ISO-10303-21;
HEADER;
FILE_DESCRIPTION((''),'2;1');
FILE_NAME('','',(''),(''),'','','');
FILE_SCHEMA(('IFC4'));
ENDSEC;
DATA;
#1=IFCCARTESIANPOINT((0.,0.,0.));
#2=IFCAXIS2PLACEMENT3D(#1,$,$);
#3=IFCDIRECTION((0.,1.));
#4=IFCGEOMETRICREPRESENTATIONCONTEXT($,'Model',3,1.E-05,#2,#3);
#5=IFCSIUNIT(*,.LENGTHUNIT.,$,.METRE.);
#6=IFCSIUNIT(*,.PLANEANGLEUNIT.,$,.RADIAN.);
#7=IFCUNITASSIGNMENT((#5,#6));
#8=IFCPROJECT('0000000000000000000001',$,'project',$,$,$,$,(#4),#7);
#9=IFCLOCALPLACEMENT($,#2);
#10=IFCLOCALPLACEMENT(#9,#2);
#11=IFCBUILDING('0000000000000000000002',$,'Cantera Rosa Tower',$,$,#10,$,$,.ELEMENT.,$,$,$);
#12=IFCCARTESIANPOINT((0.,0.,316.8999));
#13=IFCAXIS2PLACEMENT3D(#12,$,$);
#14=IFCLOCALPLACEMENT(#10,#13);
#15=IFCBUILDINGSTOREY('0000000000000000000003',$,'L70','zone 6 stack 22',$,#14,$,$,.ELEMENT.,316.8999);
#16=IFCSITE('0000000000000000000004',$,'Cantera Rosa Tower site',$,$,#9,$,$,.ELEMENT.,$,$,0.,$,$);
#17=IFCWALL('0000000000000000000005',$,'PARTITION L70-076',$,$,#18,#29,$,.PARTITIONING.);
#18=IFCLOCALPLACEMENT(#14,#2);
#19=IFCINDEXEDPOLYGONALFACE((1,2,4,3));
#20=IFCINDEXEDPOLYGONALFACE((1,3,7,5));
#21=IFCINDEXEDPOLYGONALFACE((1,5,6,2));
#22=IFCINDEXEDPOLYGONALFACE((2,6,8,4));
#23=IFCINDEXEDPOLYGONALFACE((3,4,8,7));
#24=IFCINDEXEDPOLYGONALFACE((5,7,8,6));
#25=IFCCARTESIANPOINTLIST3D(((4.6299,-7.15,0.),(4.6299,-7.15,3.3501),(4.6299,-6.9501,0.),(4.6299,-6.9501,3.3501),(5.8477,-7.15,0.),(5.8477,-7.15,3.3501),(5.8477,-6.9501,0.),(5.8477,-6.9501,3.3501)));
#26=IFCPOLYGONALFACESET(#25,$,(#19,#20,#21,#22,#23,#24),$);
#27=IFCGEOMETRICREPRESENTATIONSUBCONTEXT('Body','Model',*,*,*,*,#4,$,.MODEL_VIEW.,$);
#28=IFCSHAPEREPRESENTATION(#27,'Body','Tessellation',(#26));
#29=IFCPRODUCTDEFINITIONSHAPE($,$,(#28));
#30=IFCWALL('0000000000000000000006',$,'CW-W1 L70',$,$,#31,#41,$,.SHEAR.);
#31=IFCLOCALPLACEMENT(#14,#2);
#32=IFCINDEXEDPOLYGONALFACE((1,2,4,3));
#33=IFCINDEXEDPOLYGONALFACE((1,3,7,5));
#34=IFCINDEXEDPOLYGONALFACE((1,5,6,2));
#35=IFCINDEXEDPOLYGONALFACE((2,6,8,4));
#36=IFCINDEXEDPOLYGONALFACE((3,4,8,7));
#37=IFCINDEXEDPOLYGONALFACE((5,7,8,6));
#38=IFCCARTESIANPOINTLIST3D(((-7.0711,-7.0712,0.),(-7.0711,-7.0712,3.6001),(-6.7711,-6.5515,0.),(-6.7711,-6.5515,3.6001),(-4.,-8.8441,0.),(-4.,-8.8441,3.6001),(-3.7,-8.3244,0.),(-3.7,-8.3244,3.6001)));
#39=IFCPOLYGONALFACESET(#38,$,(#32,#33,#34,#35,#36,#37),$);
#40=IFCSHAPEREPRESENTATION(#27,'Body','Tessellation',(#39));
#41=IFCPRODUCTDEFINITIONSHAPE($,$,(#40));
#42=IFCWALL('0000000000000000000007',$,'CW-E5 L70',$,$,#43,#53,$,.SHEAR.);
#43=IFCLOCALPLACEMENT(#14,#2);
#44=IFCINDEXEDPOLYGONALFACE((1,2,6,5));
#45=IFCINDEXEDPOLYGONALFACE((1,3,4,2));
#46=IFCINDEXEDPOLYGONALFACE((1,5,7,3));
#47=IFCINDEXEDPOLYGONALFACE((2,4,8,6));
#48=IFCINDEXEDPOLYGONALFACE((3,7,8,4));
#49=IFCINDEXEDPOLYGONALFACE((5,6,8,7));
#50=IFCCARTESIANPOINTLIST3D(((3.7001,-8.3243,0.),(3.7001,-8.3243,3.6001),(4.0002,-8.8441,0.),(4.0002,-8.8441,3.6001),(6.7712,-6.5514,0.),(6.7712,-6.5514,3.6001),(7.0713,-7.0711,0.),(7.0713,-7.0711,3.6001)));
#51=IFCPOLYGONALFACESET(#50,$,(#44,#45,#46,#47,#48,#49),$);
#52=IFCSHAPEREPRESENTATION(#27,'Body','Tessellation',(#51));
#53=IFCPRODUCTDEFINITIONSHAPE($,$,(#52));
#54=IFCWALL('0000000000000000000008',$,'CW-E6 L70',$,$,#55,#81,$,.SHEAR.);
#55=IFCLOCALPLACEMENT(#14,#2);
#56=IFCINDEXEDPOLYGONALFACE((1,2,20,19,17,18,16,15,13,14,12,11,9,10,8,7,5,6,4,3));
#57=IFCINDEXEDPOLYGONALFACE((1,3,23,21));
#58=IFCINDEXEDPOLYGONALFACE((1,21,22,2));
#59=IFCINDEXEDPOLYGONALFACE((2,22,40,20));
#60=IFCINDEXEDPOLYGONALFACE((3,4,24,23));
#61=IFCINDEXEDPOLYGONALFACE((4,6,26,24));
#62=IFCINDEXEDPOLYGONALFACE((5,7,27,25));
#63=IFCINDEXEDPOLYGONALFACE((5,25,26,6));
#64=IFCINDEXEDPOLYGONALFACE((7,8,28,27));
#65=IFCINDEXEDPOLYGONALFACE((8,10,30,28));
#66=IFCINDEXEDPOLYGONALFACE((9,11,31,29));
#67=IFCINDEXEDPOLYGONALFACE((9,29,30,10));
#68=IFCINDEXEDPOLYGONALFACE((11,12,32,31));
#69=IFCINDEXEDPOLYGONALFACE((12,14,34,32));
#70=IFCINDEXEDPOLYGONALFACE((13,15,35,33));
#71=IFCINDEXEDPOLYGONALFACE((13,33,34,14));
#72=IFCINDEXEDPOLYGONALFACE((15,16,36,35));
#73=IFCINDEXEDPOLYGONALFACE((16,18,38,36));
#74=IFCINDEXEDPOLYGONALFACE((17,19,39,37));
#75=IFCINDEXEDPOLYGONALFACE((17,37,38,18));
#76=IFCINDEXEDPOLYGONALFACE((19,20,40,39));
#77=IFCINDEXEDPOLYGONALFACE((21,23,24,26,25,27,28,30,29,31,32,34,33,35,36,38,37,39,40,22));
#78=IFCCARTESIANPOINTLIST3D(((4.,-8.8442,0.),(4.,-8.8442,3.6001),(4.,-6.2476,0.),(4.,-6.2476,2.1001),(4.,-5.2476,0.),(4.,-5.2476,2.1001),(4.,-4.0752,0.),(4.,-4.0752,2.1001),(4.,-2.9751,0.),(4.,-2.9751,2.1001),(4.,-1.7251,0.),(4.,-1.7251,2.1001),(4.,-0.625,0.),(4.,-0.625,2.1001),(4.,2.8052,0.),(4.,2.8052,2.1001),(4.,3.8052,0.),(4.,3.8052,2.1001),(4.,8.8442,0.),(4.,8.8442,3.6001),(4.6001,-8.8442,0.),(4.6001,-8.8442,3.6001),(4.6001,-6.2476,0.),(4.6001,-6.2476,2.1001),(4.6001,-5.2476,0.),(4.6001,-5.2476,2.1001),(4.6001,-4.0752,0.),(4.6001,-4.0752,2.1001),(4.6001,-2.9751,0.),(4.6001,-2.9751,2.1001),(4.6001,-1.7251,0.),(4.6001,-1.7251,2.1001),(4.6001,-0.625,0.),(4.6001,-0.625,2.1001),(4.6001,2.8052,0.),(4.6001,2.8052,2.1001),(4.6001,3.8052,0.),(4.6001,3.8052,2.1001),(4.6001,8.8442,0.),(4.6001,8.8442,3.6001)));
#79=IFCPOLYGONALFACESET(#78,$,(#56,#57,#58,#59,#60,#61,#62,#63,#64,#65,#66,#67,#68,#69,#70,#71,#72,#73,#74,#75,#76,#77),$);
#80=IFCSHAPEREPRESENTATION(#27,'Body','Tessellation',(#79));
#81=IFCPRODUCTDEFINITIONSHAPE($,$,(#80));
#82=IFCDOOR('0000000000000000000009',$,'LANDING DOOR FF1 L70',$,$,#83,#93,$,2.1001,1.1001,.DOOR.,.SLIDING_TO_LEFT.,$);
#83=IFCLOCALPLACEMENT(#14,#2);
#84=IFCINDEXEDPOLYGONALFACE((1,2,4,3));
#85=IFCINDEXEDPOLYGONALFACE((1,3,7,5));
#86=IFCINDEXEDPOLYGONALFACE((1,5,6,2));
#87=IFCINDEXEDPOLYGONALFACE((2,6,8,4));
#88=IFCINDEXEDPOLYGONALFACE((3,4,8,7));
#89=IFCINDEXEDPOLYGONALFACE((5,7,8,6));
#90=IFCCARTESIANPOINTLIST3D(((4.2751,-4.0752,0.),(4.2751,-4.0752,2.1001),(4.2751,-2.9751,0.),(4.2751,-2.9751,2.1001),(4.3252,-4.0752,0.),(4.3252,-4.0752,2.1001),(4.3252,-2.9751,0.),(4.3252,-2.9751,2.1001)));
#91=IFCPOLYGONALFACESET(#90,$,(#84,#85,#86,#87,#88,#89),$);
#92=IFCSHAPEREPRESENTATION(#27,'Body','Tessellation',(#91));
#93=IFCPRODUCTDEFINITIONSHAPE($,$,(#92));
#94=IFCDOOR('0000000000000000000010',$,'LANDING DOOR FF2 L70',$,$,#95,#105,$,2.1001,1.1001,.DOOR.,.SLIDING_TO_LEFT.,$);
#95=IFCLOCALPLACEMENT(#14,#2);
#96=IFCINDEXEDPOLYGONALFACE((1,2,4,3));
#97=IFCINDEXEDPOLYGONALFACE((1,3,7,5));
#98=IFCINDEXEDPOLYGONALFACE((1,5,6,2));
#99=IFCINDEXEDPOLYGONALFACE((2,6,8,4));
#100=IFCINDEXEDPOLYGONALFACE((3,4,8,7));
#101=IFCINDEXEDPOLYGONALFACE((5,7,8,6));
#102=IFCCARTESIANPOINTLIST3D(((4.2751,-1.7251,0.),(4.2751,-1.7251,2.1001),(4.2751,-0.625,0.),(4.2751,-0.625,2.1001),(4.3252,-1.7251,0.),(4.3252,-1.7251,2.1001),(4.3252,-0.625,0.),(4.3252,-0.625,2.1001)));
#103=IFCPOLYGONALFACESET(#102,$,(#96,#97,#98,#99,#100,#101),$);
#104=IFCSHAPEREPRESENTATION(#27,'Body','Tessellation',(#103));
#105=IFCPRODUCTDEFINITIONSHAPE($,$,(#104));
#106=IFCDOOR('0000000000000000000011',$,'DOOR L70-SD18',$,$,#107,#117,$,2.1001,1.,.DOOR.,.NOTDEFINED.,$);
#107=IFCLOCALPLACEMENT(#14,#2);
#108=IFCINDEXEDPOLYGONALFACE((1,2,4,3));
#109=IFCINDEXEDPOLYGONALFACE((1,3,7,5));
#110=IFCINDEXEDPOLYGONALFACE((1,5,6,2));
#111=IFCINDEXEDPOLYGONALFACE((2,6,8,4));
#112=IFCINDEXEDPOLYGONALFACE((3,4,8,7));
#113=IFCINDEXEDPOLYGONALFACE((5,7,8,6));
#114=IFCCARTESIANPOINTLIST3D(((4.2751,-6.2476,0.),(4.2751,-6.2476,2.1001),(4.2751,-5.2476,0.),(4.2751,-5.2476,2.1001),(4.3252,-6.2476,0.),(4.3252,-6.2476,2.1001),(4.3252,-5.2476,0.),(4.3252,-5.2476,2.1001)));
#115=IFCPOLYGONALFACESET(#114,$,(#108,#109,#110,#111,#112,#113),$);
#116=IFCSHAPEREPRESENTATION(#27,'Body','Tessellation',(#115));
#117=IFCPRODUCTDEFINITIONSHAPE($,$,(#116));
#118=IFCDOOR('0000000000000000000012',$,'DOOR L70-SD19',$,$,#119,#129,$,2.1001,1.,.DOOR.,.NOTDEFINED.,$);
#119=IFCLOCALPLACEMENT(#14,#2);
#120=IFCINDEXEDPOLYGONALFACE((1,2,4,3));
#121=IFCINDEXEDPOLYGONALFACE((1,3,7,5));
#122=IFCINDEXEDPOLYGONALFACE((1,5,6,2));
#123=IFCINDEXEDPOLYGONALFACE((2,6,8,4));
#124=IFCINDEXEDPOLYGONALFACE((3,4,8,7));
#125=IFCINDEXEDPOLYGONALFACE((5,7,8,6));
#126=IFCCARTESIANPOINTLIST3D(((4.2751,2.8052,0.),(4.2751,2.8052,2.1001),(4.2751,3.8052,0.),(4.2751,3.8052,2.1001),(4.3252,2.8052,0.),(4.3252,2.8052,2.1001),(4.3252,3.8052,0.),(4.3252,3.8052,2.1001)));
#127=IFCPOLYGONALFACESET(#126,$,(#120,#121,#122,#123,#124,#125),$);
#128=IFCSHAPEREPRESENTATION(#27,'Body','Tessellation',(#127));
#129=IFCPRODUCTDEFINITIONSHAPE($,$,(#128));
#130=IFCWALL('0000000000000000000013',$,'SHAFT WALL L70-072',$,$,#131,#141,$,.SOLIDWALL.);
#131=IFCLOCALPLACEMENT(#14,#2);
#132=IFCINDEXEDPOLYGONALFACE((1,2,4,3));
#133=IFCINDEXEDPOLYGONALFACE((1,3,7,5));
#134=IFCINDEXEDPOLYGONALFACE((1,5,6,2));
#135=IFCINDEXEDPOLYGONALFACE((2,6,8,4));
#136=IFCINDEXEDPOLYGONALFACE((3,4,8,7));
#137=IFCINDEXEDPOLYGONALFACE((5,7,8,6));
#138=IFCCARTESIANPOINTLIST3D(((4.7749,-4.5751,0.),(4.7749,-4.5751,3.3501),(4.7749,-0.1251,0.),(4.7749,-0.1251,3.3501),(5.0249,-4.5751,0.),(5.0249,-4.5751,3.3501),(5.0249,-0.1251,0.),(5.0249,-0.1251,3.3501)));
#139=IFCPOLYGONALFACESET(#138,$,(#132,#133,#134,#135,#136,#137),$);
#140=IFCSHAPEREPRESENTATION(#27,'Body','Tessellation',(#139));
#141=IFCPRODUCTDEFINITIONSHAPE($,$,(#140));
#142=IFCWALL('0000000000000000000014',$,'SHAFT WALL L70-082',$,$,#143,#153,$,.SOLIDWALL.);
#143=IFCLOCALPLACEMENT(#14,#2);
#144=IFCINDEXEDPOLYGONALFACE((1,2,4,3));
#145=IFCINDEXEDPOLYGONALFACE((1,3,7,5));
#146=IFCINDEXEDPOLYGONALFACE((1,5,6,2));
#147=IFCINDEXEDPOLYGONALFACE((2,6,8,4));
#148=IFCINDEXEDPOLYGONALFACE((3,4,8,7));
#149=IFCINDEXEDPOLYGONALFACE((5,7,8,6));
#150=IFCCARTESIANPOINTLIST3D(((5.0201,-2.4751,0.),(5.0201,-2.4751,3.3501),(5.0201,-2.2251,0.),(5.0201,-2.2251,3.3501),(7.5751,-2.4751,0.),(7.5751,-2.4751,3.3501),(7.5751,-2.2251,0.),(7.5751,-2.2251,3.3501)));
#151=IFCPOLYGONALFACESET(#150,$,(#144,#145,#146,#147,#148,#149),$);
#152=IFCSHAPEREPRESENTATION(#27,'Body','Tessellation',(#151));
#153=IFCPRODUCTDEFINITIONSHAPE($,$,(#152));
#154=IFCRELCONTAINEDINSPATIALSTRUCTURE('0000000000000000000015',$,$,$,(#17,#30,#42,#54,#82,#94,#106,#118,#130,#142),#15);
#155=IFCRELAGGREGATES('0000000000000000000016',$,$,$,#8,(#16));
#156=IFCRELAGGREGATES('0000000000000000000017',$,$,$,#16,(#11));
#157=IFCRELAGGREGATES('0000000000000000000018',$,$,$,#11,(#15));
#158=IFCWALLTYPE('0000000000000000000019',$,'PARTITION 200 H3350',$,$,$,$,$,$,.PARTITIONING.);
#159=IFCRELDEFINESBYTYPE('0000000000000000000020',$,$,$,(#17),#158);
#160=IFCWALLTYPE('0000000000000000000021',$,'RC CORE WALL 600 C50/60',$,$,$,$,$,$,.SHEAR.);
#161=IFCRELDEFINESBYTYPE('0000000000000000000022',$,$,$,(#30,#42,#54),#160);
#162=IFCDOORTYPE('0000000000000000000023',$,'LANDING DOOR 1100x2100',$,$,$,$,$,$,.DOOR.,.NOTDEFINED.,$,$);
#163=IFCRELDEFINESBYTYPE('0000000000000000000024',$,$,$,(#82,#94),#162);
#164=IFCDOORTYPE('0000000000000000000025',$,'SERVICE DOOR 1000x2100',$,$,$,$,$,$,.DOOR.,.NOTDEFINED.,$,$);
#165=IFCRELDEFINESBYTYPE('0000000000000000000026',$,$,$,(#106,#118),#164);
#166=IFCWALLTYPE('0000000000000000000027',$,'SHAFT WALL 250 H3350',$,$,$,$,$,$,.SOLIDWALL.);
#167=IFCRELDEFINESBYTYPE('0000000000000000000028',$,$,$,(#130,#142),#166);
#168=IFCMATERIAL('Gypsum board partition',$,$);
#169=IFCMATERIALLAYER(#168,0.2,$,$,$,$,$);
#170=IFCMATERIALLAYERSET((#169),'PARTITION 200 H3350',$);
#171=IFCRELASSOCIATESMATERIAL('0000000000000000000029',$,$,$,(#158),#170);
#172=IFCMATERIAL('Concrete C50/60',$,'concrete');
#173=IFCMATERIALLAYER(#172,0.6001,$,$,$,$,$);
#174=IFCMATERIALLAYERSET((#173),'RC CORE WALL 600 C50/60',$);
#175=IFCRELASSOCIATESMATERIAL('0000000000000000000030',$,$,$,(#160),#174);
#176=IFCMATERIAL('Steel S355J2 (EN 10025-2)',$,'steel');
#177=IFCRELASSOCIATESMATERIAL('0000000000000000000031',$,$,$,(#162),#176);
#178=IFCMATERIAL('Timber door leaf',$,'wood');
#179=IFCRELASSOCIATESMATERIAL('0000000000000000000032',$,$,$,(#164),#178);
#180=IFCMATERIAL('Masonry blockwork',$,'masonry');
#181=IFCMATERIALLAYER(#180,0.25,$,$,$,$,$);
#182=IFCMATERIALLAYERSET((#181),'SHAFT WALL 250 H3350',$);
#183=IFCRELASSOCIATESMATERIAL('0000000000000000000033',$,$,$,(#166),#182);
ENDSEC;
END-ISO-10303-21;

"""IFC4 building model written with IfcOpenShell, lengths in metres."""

from ifc_helpers import new_model, si_unit, direction, frame, frame_2d, origin, place, context, subcontext, project, spatial, rectangle, extrude, material, layer, layer_set, type_object, element, fill, save


model = new_model("IFC4")

# Units and contexts
model_context = context("Model", 3, precision=1e-05, world=origin(), true_north=direction((0.0, 1.0)))
body_context = subcontext(model_context, "Body", "Model", "MODEL_VIEW")
ifc_project = project(units=[si_unit("LENGTHUNIT", "METRE"), si_unit("PLANEANGLEUNIT", "RADIAN")], contexts=[model_context])

# Site, building, storey
site_placement = place(None, origin())
site = spatial("IfcSite", under=ifc_project, at=site_placement, Name="Cantera Rosa Tower site", CompositionType="ELEMENT", RefElevation=0.0)
building_placement = place(site_placement, origin())
building = spatial("IfcBuilding", under=site, at=building_placement, Name="Cantera Rosa Tower", CompositionType="ELEMENT")
storey_placement = place(building_placement, frame((0.0, 0.0, 316.8999)))
storey = spatial("IfcBuildingStorey", under=building, at=storey_placement, Name="L70", Description="zone 6 stack 22", CompositionType="ELEMENT", Elevation=316.8999)

# Walls
ifc_material_1 = material(Name="Gypsum board partition")
ifc_layer_1 = layer(ifc_material_1, 0.2)
ifc_layer_set_1 = layer_set([ifc_layer_1], Name="PARTITION 200 H3350")
wall_type_1 = type_object("IfcWallType", Name="PARTITION 200 H3350", PredefinedType="PARTITIONING", material=ifc_layer_set_1)
wall_1_placement = place(storey_placement, frame((5.8477, -7.05, 0.0), z_axis=(0.0, 0.0, 1.0), x_axis=(-1.0, 0.0, 0.0)))
element("IfcWall", 1, at=wall_1_placement, inside=storey, type_object=wall_type_1, Name="PARTITION L70-076", PredefinedType="PARTITIONING", context=body_context, shape_type="SweptSolid", body=[
    extrude(rectangle(XDim=1.2178, YDim=0.2, at=frame_2d((0.6089, 0.0))), origin(), (0.0, 0.0, 1.0), 3.3501),
])
ifc_material_2 = material(Name="Concrete C50/60", Category="concrete")
ifc_layer_2 = layer(ifc_material_2, 0.6001)
ifc_layer_set_2 = layer_set([ifc_layer_2], Name="RC CORE WALL 600 C50/60")
wall_type_2 = type_object("IfcWallType", Name="RC CORE WALL 600 C50/60", PredefinedType="SHEAR", material=ifc_layer_set_2)
for number, where, z_axis, x_axis, name in (
    (2, (-3.8501, -8.5842, 0.0), (0.0, 0.0, 1.0), (-0.86604, 0.499975, 0.0), "CW-W1 L70"),
    (3, (6.9211, -6.8113, 0.0), (0.0, 0.0, 1.0), (-0.86604, -0.499975, 0.0), "CW-E5 L70"),
):
    element("IfcWall", number, at=place(storey_placement, frame(where, z_axis=z_axis, x_axis=x_axis)), inside=storey, type_object=wall_type_2, Name=name, PredefinedType="SHEAR", context=body_context, shape_type="SweptSolid", body=[
        extrude(rectangle(XDim=3.5461, YDim=0.6001, at=frame_2d((1.7729, 0.0))), origin(), (0.0, 0.0, 1.0), 3.6001),
    ])

# Wall, openings, doors
wall_2_placement = place(storey_placement, frame((4.3, -8.8442, 0.0), z_axis=(0.0, 0.0, 1.0), x_axis=(0.0, 1.0, 0.0)))
wall_2 = element("IfcWall", 4, at=wall_2_placement, inside=storey, type_object=wall_type_2, Name="CW-E6 L70", PredefinedType="SHEAR", context=body_context, shape_type="SweptSolid", body=[
    extrude(rectangle(XDim=17.6885, YDim=0.6001, at=frame_2d((8.8442, 0.0))), origin(), (0.0, 0.0, 1.0), 3.6001),
])
opening_1_placement = place(wall_2_placement, frame((4.769, 0.0, 0.0)))
opening_1 = element("IfcOpeningElement", 5, at=opening_1_placement, cuts=wall_2, PredefinedType="OPENING", context=body_context, shape_type="SweptSolid", body=[
    extrude(rectangle(XDim=1.1001, YDim=2.1001, at=frame_2d((0.55, 1.05))), frame((0.0, 0.3101, 0.0), z_axis=(0.0, -1.0, 0.0), x_axis=(1.0, 0.0, 0.0)), (0.0, 0.0, 1.0), 0.6201),
])
opening_2_placement = place(wall_2_placement, frame((7.1191, 0.0, 0.0)))
opening_2 = element("IfcOpeningElement", 6, at=opening_2_placement, cuts=wall_2, PredefinedType="OPENING", context=body_context, shape_type="SweptSolid", body=[
    extrude(rectangle(XDim=1.1001, YDim=2.1001, at=frame_2d((0.55, 1.05))), frame((0.0, 0.3101, 0.0), z_axis=(0.0, -1.0, 0.0), x_axis=(1.0, 0.0, 0.0)), (0.0, 0.0, 1.0), 0.6201),
])
opening_3_placement = place(wall_2_placement, frame((2.5967, 0.0, 0.0)))
opening_3 = element("IfcOpeningElement", 7, at=opening_3_placement, cuts=wall_2, PredefinedType="OPENING", context=body_context, shape_type="SweptSolid", body=[
    extrude(rectangle(XDim=1.0, YDim=2.1001, at=frame_2d((0.5, 1.05))), frame((0.0, 0.3101, 0.0), z_axis=(0.0, -1.0, 0.0), x_axis=(1.0, 0.0, 0.0)), (0.0, 0.0, 1.0), 0.6201),
])
opening_4_placement = place(wall_2_placement, frame((11.6494, 0.0, 0.0)))
opening_4 = element("IfcOpeningElement", 8, at=opening_4_placement, cuts=wall_2, PredefinedType="OPENING", context=body_context, shape_type="SweptSolid", body=[
    extrude(rectangle(XDim=1.0, YDim=2.1001, at=frame_2d((0.5, 1.05))), frame((0.0, 0.3101, 0.0), z_axis=(0.0, -1.0, 0.0), x_axis=(1.0, 0.0, 0.0)), (0.0, 0.0, 1.0), 0.6201),
])
ifc_material_3 = material(Name="Steel S355J2 (EN 10025-2)", Category="steel")
door_type_1 = type_object("IfcDoorType", Name="LANDING DOOR 1100x2100", OperationType="NOTDEFINED", PredefinedType="DOOR", material=ifc_material_3)
door_1_placement = place(opening_1_placement, origin())
door_1 = element("IfcDoor", 9, at=door_1_placement, inside=storey, type_object=door_type_1, Name="LANDING DOOR FF1 L70", OperationType="SLIDING_TO_LEFT", OverallHeight=2.1001, OverallWidth=1.1001, PredefinedType="DOOR", context=body_context, shape_type="SweptSolid", body=[
    extrude(rectangle(XDim=1.1001, YDim=2.1001, at=frame_2d((0.55, 1.05))), frame((0.0, 0.0249, 0.0), z_axis=(0.0, -1.0, 0.0), x_axis=(1.0, 0.0, 0.0)), (0.0, 0.0, 1.0), 0.05),
])
fill(opening_1, door_1)
door_2_placement = place(opening_2_placement, origin())
door_2 = element("IfcDoor", 10, at=door_2_placement, inside=storey, type_object=door_type_1, Name="LANDING DOOR FF2 L70", OperationType="SLIDING_TO_LEFT", OverallHeight=2.1001, OverallWidth=1.1001, PredefinedType="DOOR", context=body_context, shape_type="SweptSolid", body=[
    extrude(rectangle(XDim=1.1001, YDim=2.1001, at=frame_2d((0.55, 1.05))), frame((0.0, 0.0249, 0.0), z_axis=(0.0, -1.0, 0.0), x_axis=(1.0, 0.0, 0.0)), (0.0, 0.0, 1.0), 0.05),
])
fill(opening_2, door_2)
ifc_material_4 = material(Name="Timber door leaf", Category="wood")
door_type_2 = type_object("IfcDoorType", Name="SERVICE DOOR 1000x2100", OperationType="NOTDEFINED", PredefinedType="DOOR", material=ifc_material_4)
door_3_placement = place(opening_3_placement, origin())
door_3 = element("IfcDoor", 11, at=door_3_placement, inside=storey, type_object=door_type_2, Name="DOOR L70-SD18", OperationType="NOTDEFINED", OverallHeight=2.1001, OverallWidth=1.0, PredefinedType="DOOR", context=body_context, shape_type="SweptSolid", body=[
    extrude(rectangle(XDim=1.0, YDim=2.1001, at=frame_2d((0.5, 1.05))), frame((0.0, 0.0249, 0.0), z_axis=(0.0, -1.0, 0.0), x_axis=(1.0, 0.0, 0.0)), (0.0, 0.0, 1.0), 0.05),
])
fill(opening_3, door_3)
door_4_placement = place(opening_4_placement, origin())
door_4 = element("IfcDoor", 12, at=door_4_placement, inside=storey, type_object=door_type_2, Name="DOOR L70-SD19", OperationType="NOTDEFINED", OverallHeight=2.1001, OverallWidth=1.0, PredefinedType="DOOR", context=body_context, shape_type="SweptSolid", body=[
    extrude(rectangle(XDim=1.0, YDim=2.1001, at=frame_2d((0.5, 1.05))), frame((0.0, 0.0249, 0.0), z_axis=(0.0, -1.0, 0.0), x_axis=(1.0, 0.0, 0.0)), (0.0, 0.0, 1.0), 0.05),
])
fill(opening_4, door_4)

# Walls
ifc_material_5 = material(Name="Masonry blockwork", Category="masonry")
ifc_layer_3 = layer(ifc_material_5, 0.25)
ifc_layer_set_3 = layer_set([ifc_layer_3], Name="SHAFT WALL 250 H3350")
wall_type_3 = type_object("IfcWallType", Name="SHAFT WALL 250 H3350", PredefinedType="SOLIDWALL", material=ifc_layer_set_3)
wall_3_placement = place(storey_placement, frame((4.8999, -0.125, 0.0), z_axis=(0.0, 0.0, 1.0), x_axis=(0.0, -1.0, 0.0)))
element("IfcWall", 13, at=wall_3_placement, inside=storey, type_object=wall_type_3, Name="SHAFT WALL L70-072", PredefinedType="SOLIDWALL", context=body_context, shape_type="SweptSolid", body=[
    extrude(rectangle(XDim=4.45, YDim=0.25, at=frame_2d((2.2251, 0.0))), origin(), (0.0, 0.0, 1.0), 3.3501),
])
wall_4_placement = place(storey_placement, frame((7.575, -2.3501, 0.0), z_axis=(0.0, 0.0, 1.0), x_axis=(-1.0, 0.0, 0.0)))
element("IfcWall", 14, at=wall_4_placement, inside=storey, type_object=wall_type_3, Name="SHAFT WALL L70-082", PredefinedType="SOLIDWALL", context=body_context, shape_type="SweptSolid", body=[
    extrude(rectangle(XDim=2.5549, YDim=0.25, at=frame_2d((1.2773, 0.0))), origin(), (0.0, 0.0, 1.0), 3.3501),
])

save(model, "model.ifc")
